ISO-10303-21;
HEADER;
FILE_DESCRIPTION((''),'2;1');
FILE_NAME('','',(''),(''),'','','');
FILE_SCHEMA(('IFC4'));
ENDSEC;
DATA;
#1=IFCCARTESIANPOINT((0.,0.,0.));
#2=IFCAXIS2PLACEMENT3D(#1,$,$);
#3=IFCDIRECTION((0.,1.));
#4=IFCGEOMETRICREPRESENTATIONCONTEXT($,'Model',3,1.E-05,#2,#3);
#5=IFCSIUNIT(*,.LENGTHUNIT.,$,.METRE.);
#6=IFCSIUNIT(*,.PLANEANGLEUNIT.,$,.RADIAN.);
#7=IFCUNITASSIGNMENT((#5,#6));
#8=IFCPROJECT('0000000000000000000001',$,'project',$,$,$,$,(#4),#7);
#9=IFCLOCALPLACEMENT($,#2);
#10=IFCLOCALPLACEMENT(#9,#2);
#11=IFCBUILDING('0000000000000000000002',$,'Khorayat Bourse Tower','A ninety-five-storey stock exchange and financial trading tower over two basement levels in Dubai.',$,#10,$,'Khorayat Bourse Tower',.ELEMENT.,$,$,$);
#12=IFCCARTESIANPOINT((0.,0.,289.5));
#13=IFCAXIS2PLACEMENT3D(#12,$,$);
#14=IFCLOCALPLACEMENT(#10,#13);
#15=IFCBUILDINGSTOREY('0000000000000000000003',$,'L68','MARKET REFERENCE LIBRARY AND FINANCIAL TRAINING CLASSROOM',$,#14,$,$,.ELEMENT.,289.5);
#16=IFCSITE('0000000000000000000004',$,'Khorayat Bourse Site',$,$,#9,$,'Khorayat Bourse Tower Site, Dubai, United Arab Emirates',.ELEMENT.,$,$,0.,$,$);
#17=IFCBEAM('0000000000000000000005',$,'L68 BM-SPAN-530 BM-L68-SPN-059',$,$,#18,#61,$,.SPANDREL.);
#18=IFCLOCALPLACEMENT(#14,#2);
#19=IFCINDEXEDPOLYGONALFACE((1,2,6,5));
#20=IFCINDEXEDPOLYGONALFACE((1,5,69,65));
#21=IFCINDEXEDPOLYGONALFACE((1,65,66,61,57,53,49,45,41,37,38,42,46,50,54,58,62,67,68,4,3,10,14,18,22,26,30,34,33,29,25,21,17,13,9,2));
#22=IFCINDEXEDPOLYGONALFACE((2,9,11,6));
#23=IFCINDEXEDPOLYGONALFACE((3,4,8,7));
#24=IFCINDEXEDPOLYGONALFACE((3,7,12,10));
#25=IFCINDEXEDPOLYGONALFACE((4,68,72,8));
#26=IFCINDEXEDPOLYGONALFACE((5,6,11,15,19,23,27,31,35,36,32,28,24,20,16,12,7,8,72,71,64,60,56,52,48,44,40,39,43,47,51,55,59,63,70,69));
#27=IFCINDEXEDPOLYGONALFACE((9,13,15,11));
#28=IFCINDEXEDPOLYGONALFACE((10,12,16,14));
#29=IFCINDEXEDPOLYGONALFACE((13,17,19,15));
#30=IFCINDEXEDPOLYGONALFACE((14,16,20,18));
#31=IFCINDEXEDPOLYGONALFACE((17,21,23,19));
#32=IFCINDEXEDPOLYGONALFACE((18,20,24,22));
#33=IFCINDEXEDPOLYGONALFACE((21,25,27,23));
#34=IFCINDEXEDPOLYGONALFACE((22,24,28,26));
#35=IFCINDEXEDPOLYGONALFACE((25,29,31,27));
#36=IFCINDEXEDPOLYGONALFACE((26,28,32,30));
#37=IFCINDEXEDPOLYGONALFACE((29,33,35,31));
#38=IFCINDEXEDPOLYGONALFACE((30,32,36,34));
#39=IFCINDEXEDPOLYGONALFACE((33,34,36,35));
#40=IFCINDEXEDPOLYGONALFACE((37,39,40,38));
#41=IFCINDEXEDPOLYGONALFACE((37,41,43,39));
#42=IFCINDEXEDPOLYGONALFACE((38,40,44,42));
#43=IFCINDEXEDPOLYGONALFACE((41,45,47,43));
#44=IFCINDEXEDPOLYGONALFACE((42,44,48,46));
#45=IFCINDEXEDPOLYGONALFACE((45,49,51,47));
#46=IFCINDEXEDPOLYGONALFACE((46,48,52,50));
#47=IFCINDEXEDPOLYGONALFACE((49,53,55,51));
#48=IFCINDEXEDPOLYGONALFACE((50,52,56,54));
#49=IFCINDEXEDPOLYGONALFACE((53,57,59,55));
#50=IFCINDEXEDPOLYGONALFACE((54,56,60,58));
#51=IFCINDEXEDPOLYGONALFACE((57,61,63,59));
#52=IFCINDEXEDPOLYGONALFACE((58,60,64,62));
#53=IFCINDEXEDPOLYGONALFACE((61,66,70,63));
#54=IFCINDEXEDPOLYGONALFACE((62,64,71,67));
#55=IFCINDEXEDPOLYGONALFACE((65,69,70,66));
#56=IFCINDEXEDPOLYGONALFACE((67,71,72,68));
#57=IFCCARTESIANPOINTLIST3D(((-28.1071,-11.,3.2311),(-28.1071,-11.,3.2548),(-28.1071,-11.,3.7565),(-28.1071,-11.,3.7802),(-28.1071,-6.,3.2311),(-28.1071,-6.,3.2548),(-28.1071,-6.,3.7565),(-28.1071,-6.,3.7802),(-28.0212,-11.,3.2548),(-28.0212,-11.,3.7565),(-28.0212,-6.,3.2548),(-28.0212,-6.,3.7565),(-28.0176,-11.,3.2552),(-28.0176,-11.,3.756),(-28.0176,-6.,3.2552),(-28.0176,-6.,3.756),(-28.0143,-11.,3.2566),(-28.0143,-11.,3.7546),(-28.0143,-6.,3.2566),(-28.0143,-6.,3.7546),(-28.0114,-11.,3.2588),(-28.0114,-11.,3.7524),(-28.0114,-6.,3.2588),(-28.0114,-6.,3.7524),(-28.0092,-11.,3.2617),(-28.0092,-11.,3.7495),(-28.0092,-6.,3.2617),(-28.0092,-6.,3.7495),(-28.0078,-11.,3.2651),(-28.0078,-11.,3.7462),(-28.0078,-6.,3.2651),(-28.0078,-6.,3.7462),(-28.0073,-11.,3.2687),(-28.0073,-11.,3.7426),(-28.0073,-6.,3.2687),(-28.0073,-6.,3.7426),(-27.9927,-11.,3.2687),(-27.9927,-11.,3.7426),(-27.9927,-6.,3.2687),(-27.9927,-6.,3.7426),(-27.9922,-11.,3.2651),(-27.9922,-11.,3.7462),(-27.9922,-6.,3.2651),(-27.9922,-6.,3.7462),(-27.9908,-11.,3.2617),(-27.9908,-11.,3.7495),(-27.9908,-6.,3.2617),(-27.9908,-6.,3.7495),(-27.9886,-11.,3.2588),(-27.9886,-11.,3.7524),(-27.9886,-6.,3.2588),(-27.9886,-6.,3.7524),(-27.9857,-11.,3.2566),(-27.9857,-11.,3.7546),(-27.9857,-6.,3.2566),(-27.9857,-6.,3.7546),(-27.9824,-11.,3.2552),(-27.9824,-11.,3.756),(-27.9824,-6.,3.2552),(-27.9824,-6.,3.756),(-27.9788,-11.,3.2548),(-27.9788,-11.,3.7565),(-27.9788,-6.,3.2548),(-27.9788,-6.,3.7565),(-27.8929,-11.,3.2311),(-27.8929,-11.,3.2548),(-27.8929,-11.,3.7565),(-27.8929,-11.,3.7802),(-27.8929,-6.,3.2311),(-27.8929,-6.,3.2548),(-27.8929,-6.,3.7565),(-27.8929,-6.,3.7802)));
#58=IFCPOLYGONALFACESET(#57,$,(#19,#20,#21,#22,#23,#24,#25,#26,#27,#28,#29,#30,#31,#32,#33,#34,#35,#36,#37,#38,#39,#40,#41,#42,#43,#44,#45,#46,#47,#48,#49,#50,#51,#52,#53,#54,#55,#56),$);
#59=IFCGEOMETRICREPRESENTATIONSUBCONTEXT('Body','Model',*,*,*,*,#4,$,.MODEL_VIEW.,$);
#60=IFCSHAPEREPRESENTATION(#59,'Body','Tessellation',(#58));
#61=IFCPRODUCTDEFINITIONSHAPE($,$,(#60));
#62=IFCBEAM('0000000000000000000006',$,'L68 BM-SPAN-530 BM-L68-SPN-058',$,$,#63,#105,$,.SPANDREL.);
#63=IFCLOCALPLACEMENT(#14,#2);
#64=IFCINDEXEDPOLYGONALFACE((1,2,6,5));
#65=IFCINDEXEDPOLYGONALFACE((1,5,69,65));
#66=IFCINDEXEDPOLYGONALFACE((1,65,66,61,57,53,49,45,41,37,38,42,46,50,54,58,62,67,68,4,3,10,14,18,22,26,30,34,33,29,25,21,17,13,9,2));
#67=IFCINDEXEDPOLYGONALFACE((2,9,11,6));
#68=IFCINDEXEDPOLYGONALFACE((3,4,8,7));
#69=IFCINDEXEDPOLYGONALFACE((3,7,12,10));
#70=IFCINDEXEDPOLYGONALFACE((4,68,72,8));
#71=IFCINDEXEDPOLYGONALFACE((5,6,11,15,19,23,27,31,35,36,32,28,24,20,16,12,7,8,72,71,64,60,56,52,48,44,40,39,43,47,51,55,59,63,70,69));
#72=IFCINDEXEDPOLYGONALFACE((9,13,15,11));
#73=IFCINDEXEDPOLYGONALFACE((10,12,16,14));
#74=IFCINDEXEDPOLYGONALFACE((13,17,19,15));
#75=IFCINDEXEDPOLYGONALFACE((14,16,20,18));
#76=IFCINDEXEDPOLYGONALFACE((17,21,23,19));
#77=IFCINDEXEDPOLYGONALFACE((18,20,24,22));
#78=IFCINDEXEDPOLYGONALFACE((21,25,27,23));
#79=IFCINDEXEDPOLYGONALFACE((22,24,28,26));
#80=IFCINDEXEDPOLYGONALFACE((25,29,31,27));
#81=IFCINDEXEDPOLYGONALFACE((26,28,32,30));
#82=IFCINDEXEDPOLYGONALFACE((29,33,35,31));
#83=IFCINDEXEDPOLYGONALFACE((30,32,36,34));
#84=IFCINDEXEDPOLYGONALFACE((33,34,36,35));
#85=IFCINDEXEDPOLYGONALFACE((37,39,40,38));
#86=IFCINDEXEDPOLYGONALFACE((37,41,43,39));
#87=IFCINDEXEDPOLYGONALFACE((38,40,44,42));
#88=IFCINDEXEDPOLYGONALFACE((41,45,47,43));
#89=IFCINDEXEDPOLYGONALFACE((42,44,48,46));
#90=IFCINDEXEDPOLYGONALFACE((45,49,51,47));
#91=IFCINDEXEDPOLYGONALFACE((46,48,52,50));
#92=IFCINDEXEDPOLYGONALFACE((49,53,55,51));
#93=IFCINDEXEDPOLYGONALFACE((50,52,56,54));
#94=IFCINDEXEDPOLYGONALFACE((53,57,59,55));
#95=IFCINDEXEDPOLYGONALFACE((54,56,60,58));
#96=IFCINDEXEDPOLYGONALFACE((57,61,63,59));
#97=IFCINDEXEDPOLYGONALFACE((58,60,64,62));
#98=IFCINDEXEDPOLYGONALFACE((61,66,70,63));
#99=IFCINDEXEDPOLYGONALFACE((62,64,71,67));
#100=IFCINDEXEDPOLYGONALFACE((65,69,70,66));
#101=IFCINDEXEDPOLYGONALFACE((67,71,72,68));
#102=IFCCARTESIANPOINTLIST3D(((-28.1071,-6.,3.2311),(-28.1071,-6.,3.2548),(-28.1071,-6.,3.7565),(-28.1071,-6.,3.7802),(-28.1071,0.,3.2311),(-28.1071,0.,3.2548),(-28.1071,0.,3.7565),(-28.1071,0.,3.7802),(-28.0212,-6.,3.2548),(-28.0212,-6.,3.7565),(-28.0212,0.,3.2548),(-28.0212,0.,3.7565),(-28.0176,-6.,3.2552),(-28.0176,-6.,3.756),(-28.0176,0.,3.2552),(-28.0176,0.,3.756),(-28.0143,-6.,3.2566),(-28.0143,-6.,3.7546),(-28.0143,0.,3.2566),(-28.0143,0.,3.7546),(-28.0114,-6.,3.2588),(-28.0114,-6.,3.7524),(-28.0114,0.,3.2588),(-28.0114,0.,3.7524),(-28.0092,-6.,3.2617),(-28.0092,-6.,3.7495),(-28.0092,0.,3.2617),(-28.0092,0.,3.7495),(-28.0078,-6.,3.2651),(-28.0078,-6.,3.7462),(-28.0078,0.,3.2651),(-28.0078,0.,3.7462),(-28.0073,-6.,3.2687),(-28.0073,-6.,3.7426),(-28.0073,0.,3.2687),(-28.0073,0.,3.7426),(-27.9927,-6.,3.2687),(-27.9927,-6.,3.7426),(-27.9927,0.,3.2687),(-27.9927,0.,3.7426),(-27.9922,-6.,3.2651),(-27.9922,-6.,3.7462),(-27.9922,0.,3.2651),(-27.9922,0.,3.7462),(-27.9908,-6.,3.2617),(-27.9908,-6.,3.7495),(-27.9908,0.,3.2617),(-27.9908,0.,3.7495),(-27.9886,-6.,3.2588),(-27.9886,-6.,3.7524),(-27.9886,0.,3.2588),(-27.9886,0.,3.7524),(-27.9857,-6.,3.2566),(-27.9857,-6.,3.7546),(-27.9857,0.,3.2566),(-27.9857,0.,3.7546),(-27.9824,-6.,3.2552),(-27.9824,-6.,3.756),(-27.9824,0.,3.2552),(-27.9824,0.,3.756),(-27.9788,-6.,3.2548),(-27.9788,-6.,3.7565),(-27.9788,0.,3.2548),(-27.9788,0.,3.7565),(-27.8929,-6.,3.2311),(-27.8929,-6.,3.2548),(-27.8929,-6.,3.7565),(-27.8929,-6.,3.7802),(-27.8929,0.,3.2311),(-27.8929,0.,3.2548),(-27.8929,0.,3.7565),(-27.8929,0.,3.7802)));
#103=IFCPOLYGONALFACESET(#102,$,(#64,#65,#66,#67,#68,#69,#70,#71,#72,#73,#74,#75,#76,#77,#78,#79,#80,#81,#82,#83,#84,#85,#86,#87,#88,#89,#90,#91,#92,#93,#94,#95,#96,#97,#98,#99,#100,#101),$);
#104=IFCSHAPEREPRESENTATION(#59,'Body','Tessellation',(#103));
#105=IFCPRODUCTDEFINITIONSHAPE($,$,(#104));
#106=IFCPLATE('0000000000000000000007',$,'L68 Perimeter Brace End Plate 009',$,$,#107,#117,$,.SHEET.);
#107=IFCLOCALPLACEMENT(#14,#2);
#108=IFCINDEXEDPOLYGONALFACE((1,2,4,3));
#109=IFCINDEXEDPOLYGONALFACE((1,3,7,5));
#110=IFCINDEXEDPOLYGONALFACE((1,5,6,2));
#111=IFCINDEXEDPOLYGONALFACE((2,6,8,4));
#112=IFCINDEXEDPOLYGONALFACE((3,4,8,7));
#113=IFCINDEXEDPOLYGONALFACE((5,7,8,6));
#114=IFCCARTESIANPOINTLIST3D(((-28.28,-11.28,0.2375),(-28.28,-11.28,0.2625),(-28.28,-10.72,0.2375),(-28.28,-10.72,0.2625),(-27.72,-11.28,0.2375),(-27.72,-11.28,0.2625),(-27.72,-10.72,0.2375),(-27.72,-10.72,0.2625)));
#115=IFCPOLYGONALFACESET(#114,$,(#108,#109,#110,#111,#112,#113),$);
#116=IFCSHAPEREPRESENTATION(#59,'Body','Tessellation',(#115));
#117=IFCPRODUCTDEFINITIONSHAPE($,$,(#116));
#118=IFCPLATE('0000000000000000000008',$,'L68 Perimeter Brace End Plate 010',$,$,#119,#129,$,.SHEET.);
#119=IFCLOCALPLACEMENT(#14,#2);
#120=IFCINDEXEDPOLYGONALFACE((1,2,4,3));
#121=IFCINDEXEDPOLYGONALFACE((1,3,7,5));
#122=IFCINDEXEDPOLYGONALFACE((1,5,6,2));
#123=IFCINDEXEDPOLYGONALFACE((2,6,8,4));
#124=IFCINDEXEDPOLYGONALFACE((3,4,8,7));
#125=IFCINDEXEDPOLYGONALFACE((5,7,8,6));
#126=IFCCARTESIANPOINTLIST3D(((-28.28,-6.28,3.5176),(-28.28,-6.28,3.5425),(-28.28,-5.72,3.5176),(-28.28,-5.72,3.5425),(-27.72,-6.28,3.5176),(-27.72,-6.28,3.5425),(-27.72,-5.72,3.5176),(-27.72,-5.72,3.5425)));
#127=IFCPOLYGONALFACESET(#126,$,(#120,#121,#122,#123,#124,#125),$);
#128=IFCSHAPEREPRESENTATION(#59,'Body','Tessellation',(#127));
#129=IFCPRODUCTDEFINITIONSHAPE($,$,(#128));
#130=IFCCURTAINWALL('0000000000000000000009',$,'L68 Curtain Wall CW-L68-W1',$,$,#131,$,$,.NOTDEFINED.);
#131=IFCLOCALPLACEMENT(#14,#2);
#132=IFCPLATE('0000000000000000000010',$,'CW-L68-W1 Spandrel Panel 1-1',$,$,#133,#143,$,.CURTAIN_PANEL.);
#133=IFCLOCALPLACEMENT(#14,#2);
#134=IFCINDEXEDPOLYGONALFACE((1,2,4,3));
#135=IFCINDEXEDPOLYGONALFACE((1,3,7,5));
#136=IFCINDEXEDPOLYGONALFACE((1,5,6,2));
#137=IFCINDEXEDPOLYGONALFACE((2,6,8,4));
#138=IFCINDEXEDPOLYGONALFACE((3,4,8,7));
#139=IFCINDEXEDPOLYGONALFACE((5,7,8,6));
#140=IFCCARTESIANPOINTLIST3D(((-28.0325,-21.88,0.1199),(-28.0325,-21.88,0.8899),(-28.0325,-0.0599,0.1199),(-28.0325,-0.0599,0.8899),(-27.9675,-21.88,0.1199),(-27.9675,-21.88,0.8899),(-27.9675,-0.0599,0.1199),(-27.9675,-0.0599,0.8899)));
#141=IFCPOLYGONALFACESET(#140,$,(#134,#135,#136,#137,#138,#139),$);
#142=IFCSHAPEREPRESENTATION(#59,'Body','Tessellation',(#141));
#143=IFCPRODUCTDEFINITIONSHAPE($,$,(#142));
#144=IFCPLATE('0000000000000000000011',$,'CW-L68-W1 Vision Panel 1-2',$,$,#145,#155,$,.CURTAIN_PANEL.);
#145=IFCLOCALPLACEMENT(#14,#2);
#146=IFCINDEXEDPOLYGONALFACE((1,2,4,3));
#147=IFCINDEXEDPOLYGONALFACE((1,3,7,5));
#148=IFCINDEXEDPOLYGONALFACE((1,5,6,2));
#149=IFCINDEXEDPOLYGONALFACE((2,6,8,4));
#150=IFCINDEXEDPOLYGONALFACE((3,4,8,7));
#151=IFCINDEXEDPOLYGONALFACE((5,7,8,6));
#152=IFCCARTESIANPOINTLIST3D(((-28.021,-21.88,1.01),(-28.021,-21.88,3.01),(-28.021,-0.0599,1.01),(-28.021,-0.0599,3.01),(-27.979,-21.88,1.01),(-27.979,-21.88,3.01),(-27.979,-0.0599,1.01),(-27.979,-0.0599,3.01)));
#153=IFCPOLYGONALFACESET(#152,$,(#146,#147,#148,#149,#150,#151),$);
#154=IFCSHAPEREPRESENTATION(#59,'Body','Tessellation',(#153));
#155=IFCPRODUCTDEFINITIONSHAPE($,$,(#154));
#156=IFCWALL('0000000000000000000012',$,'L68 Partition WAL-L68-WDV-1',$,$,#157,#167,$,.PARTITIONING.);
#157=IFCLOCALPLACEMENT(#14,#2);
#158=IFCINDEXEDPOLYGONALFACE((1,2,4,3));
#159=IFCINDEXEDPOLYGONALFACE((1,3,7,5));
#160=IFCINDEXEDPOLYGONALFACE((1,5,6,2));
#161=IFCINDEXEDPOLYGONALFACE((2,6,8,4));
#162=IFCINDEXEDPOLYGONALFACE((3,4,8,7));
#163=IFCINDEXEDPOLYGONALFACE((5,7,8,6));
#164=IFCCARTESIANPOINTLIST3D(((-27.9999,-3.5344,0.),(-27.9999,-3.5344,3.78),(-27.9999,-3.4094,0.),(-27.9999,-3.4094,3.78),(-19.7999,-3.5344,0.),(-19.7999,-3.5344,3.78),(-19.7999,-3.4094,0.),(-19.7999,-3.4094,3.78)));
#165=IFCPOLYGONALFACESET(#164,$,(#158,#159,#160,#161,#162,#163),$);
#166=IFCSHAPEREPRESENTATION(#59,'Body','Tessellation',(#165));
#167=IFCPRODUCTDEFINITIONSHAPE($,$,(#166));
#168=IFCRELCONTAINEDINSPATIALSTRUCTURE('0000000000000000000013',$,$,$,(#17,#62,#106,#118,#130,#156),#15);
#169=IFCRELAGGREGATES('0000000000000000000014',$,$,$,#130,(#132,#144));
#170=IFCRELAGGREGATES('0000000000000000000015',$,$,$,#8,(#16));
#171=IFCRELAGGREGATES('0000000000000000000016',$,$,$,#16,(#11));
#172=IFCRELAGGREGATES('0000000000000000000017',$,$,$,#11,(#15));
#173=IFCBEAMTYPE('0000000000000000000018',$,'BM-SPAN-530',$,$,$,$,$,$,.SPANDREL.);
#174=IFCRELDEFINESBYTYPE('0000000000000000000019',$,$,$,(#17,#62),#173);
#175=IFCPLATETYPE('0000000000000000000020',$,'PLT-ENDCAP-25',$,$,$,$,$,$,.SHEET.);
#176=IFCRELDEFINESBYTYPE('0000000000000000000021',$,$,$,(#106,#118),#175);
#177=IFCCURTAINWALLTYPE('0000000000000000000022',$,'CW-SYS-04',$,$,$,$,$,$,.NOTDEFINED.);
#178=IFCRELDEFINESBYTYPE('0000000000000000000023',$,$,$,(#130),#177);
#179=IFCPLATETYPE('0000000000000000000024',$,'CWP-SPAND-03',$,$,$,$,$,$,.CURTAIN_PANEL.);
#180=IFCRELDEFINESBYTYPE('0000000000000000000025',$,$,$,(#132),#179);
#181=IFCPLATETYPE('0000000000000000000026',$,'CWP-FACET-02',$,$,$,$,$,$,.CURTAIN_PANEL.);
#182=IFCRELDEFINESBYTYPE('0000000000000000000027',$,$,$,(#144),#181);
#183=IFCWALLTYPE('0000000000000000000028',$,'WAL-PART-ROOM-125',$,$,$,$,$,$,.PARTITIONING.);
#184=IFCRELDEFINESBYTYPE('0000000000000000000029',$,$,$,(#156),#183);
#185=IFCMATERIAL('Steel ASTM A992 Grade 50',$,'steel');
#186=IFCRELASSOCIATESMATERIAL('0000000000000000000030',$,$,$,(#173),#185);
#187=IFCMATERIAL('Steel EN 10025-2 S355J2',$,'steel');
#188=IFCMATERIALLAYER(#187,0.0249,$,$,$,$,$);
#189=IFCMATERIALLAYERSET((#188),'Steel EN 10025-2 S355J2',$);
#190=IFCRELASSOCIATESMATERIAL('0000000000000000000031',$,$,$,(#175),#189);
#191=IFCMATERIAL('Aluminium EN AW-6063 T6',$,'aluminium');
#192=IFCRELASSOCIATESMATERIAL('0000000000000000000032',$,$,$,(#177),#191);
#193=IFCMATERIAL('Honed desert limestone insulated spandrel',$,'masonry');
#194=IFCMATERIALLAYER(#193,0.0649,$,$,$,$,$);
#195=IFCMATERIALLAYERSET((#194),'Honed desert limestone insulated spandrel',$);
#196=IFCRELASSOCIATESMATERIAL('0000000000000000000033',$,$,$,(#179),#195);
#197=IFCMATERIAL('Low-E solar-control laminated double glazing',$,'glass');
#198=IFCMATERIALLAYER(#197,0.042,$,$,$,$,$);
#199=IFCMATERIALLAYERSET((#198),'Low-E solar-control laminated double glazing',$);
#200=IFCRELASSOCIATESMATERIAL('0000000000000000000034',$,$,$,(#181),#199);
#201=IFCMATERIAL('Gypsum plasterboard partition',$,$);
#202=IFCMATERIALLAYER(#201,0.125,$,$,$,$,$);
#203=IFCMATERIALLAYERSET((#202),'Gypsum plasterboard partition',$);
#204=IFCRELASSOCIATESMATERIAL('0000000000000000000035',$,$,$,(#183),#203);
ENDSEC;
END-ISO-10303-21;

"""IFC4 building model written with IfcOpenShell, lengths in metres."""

from ifc_helpers import new_model, si_unit, direction, frame, frame_2d, origin, origin_2d, place, context, subcontext, project, spatial, rectangle, i_section, extrude, source, transform, mapped, material, layer, layer_set, material_profile, profile_set, type_object, element, aggregate, save


model = new_model("IFC4")

# Units and contexts
model_context = context("Model", 3, precision=1e-05, world=origin(), true_north=direction((0.0, 1.0)))
body_context = subcontext(model_context, "Body", "Model", "MODEL_VIEW")
ifc_project = project(units=[si_unit("LENGTHUNIT", "METRE"), si_unit("PLANEANGLEUNIT", "RADIAN")], contexts=[model_context])

# Site, building, storey
site_placement = place(None, origin())
site = spatial("IfcSite", under=ifc_project, at=site_placement, Name="Khorayat Bourse Site", LongName="Khorayat Bourse Tower Site, Dubai, United Arab Emirates", CompositionType="ELEMENT", RefElevation=0.0)
building_placement = place(site_placement, origin())
building = spatial("IfcBuilding", under=site, at=building_placement, Name="Khorayat Bourse Tower", Description="A ninety-five-storey stock exchange and financial trading tower over two basement levels in Dubai.", LongName="Khorayat Bourse Tower", CompositionType="ELEMENT")
storey_placement = place(building_placement, frame((0.0, 0.0, 289.5)))
storey = spatial("IfcBuildingStorey", under=building, at=storey_placement, Name="L68", Description="MARKET REFERENCE LIBRARY AND FINANCIAL TRAINING CLASSROOM", CompositionType="ELEMENT", Elevation=289.5)

# Beams
ifc_material_1 = material(Name="Steel ASTM A992 Grade 50", Category="steel")
ifc_material_profile_1 = material_profile(ifc_material_1, i_section(OverallWidth=0.2141, OverallDepth=0.5491, WebThickness=0.0146, FlangeThickness=0.0237, FilletRadius=0.0139, at=origin_2d()), Name="W530X138")
ifc_profile_set_1 = profile_set([ifc_material_profile_1], Name="Steel ASTM A992 Grade 50")
beam_type_1 = type_object("IfcBeamType", Name="BM-SPAN-530", PredefinedType="SPANDREL", material=ifc_profile_set_1)
shared_shape_1 = source(origin(), body_context, "Body", "SweptSolid", [
    extrude(i_section(OverallWidth=0.2141, OverallDepth=0.5491, WebThickness=0.0146, FlangeThickness=0.0237, FilletRadius=0.0139, at=origin_2d()), origin(), (0.0, 0.0, 1.0), 5.0),
])
beam_1_placement = place(storey_placement, frame((-28.0, -11.0, 3.5056), z_axis=(0.0, 1.0, 0.0), x_axis=(-1.0, 0.0, 0.0)))
element("IfcBeam", 1, at=beam_1_placement, inside=storey, type_object=beam_type_1, Name="L68 BM-SPAN-530 BM-L68-SPN-059", PredefinedType="SPANDREL", context=body_context, shape_type="MappedRepresentation", body=[
    mapped(shared_shape_1, transform((0.0, 0.0, 0.0), scale=1.0)),
])
shared_shape_2 = source(origin(), body_context, "Body", "SweptSolid", [
    extrude(i_section(OverallWidth=0.2141, OverallDepth=0.5491, WebThickness=0.0146, FlangeThickness=0.0237, FilletRadius=0.0139, at=origin_2d()), origin(), (0.0, 0.0, 1.0), 6.0),
])
beam_2_placement = place(storey_placement, frame((-28.0, -6.0, 3.5056), z_axis=(0.0, 1.0, 0.0), x_axis=(-1.0, 0.0, 0.0)))
element("IfcBeam", 2, at=beam_2_placement, inside=storey, type_object=beam_type_1, Name="L68 BM-SPAN-530 BM-L68-SPN-058", PredefinedType="SPANDREL", context=body_context, shape_type="MappedRepresentation", body=[
    mapped(shared_shape_2, transform((0.0, 0.0, 0.0), scale=1.0)),
])

# Plates
ifc_material_2 = material(Name="Steel EN 10025-2 S355J2", Category="steel")
ifc_layer_1 = layer(ifc_material_2, 0.0249)
ifc_layer_set_1 = layer_set([ifc_layer_1], Name="Steel EN 10025-2 S355J2")
plate_type_1 = type_object("IfcPlateType", Name="PLT-ENDCAP-25", PredefinedType="SHEET", material=ifc_layer_set_1)
shared_shape_3 = source(origin(), body_context, "Body", "SweptSolid", [
    extrude(rectangle(XDim=0.5601, YDim=0.5601, at=origin_2d()), origin(), (0.0, 0.0, 1.0), 0.0249),
])
for number, where, z_axis, x_axis, name in (
    (3, (-28.0, -11.0, 0.2375), (0.0, 0.0, 1.0), (1.0, 0.0, 0.0), "L68 Perimeter Brace End Plate 009"),
    (4, (-28.0, -6.0, 3.5176), (0.0, 0.0, 1.0), (1.0, 0.0, 0.0), "L68 Perimeter Brace End Plate 010"),
):
    element("IfcPlate", number, at=place(storey_placement, frame(where, z_axis=z_axis, x_axis=x_axis)), inside=storey, type_object=plate_type_1, Name=name, PredefinedType="SHEET", context=body_context, shape_type="MappedRepresentation", body=[
        mapped(shared_shape_3, transform((0.0, 0.0, 0.0), scale=1.0)),
    ])

# Curtain wall, plates
ifc_material_3 = material(Name="Aluminium EN AW-6063 T6", Category="aluminium")
curtain_wall_type = type_object("IfcCurtainWallType", Name="CW-SYS-04", PredefinedType="NOTDEFINED", material=ifc_material_3)
curtain_wall_placement = place(storey_placement, origin())
curtain_wall = element("IfcCurtainWall", 5, at=curtain_wall_placement, inside=storey, type_object=curtain_wall_type, Name="L68 Curtain Wall CW-L68-W1", PredefinedType="NOTDEFINED")
ifc_material_4 = material(Name="Honed desert limestone insulated spandrel", Category="masonry")
ifc_layer_2 = layer(ifc_material_4, 0.0649)
ifc_layer_set_2 = layer_set([ifc_layer_2], Name="Honed desert limestone insulated spandrel")
plate_type_2 = type_object("IfcPlateType", Name="CWP-SPAND-03", PredefinedType="CURTAIN_PANEL", material=ifc_layer_set_2)
shared_shape_4 = source(origin(), body_context, "Body", "SweptSolid", [
    extrude(rectangle(XDim=21.8201, YDim=0.0649, at=origin_2d()), origin(), (0.0, 0.0, 1.0), 0.77),
])
plate_1_placement = place(storey_placement, frame((-28.0, -10.97, 0.1199), z_axis=(0.0, 0.0, 1.0), x_axis=(0.0, 1.0, 0.0)))
plate_1 = element("IfcPlate", 6, at=plate_1_placement, type_object=plate_type_2, Name="CW-L68-W1 Spandrel Panel 1-1", PredefinedType="CURTAIN_PANEL", context=body_context, shape_type="MappedRepresentation", body=[
    mapped(shared_shape_4, transform((0.0, 0.0, 0.0), scale=1.0)),
])
ifc_material_5 = material(Name="Low-E solar-control laminated double glazing", Category="glass")
ifc_layer_3 = layer(ifc_material_5, 0.042)
ifc_layer_set_3 = layer_set([ifc_layer_3], Name="Low-E solar-control laminated double glazing")
plate_type_3 = type_object("IfcPlateType", Name="CWP-FACET-02", PredefinedType="CURTAIN_PANEL", material=ifc_layer_set_3)
shared_shape_5 = source(origin(), body_context, "Body", "SweptSolid", [
    extrude(rectangle(XDim=21.8201, YDim=0.042, at=origin_2d()), origin(), (0.0, 0.0, 1.0), 2.0),
])
plate_2_placement = place(storey_placement, frame((-28.0, -10.97, 1.01), z_axis=(0.0, 0.0, 1.0), x_axis=(0.0, 1.0, 0.0)))
plate_2 = element("IfcPlate", 7, at=plate_2_placement, type_object=plate_type_3, Name="CW-L68-W1 Vision Panel 1-2", PredefinedType="CURTAIN_PANEL", context=body_context, shape_type="MappedRepresentation", body=[
    mapped(shared_shape_5, transform((0.0, 0.0, 0.0), scale=1.0)),
])
aggregate(curtain_wall, [plate_1, plate_2])

# Wall
ifc_material_6 = material(Name="Gypsum plasterboard partition")
ifc_layer_4 = layer(ifc_material_6, 0.125)
ifc_layer_set_4 = layer_set([ifc_layer_4], Name="Gypsum plasterboard partition")
wall_type = type_object("IfcWallType", Name="WAL-PART-ROOM-125", PredefinedType="PARTITIONING", material=ifc_layer_set_4)
shared_shape_6 = source(origin(), body_context, "Body", "SweptSolid", [
    extrude(rectangle(XDim=8.2, YDim=0.125, at=frame_2d((4.1001, 0.0))), origin(), (0.0, 0.0, 1.0), 3.78),
])
wall_placement = place(storey_placement, frame((-28.0, -3.4719, 0.0), z_axis=(0.0, 0.0, 1.0), x_axis=(1.0, 0.0, 0.0)))
element("IfcWall", 8, at=wall_placement, inside=storey, type_object=wall_type, Name="L68 Partition WAL-L68-WDV-1", PredefinedType="PARTITIONING", context=body_context, shape_type="MappedRepresentation", body=[
    mapped(shared_shape_6, transform((0.0, 0.0, 0.0), scale=1.0)),
])

save(model, "model.ifc")
